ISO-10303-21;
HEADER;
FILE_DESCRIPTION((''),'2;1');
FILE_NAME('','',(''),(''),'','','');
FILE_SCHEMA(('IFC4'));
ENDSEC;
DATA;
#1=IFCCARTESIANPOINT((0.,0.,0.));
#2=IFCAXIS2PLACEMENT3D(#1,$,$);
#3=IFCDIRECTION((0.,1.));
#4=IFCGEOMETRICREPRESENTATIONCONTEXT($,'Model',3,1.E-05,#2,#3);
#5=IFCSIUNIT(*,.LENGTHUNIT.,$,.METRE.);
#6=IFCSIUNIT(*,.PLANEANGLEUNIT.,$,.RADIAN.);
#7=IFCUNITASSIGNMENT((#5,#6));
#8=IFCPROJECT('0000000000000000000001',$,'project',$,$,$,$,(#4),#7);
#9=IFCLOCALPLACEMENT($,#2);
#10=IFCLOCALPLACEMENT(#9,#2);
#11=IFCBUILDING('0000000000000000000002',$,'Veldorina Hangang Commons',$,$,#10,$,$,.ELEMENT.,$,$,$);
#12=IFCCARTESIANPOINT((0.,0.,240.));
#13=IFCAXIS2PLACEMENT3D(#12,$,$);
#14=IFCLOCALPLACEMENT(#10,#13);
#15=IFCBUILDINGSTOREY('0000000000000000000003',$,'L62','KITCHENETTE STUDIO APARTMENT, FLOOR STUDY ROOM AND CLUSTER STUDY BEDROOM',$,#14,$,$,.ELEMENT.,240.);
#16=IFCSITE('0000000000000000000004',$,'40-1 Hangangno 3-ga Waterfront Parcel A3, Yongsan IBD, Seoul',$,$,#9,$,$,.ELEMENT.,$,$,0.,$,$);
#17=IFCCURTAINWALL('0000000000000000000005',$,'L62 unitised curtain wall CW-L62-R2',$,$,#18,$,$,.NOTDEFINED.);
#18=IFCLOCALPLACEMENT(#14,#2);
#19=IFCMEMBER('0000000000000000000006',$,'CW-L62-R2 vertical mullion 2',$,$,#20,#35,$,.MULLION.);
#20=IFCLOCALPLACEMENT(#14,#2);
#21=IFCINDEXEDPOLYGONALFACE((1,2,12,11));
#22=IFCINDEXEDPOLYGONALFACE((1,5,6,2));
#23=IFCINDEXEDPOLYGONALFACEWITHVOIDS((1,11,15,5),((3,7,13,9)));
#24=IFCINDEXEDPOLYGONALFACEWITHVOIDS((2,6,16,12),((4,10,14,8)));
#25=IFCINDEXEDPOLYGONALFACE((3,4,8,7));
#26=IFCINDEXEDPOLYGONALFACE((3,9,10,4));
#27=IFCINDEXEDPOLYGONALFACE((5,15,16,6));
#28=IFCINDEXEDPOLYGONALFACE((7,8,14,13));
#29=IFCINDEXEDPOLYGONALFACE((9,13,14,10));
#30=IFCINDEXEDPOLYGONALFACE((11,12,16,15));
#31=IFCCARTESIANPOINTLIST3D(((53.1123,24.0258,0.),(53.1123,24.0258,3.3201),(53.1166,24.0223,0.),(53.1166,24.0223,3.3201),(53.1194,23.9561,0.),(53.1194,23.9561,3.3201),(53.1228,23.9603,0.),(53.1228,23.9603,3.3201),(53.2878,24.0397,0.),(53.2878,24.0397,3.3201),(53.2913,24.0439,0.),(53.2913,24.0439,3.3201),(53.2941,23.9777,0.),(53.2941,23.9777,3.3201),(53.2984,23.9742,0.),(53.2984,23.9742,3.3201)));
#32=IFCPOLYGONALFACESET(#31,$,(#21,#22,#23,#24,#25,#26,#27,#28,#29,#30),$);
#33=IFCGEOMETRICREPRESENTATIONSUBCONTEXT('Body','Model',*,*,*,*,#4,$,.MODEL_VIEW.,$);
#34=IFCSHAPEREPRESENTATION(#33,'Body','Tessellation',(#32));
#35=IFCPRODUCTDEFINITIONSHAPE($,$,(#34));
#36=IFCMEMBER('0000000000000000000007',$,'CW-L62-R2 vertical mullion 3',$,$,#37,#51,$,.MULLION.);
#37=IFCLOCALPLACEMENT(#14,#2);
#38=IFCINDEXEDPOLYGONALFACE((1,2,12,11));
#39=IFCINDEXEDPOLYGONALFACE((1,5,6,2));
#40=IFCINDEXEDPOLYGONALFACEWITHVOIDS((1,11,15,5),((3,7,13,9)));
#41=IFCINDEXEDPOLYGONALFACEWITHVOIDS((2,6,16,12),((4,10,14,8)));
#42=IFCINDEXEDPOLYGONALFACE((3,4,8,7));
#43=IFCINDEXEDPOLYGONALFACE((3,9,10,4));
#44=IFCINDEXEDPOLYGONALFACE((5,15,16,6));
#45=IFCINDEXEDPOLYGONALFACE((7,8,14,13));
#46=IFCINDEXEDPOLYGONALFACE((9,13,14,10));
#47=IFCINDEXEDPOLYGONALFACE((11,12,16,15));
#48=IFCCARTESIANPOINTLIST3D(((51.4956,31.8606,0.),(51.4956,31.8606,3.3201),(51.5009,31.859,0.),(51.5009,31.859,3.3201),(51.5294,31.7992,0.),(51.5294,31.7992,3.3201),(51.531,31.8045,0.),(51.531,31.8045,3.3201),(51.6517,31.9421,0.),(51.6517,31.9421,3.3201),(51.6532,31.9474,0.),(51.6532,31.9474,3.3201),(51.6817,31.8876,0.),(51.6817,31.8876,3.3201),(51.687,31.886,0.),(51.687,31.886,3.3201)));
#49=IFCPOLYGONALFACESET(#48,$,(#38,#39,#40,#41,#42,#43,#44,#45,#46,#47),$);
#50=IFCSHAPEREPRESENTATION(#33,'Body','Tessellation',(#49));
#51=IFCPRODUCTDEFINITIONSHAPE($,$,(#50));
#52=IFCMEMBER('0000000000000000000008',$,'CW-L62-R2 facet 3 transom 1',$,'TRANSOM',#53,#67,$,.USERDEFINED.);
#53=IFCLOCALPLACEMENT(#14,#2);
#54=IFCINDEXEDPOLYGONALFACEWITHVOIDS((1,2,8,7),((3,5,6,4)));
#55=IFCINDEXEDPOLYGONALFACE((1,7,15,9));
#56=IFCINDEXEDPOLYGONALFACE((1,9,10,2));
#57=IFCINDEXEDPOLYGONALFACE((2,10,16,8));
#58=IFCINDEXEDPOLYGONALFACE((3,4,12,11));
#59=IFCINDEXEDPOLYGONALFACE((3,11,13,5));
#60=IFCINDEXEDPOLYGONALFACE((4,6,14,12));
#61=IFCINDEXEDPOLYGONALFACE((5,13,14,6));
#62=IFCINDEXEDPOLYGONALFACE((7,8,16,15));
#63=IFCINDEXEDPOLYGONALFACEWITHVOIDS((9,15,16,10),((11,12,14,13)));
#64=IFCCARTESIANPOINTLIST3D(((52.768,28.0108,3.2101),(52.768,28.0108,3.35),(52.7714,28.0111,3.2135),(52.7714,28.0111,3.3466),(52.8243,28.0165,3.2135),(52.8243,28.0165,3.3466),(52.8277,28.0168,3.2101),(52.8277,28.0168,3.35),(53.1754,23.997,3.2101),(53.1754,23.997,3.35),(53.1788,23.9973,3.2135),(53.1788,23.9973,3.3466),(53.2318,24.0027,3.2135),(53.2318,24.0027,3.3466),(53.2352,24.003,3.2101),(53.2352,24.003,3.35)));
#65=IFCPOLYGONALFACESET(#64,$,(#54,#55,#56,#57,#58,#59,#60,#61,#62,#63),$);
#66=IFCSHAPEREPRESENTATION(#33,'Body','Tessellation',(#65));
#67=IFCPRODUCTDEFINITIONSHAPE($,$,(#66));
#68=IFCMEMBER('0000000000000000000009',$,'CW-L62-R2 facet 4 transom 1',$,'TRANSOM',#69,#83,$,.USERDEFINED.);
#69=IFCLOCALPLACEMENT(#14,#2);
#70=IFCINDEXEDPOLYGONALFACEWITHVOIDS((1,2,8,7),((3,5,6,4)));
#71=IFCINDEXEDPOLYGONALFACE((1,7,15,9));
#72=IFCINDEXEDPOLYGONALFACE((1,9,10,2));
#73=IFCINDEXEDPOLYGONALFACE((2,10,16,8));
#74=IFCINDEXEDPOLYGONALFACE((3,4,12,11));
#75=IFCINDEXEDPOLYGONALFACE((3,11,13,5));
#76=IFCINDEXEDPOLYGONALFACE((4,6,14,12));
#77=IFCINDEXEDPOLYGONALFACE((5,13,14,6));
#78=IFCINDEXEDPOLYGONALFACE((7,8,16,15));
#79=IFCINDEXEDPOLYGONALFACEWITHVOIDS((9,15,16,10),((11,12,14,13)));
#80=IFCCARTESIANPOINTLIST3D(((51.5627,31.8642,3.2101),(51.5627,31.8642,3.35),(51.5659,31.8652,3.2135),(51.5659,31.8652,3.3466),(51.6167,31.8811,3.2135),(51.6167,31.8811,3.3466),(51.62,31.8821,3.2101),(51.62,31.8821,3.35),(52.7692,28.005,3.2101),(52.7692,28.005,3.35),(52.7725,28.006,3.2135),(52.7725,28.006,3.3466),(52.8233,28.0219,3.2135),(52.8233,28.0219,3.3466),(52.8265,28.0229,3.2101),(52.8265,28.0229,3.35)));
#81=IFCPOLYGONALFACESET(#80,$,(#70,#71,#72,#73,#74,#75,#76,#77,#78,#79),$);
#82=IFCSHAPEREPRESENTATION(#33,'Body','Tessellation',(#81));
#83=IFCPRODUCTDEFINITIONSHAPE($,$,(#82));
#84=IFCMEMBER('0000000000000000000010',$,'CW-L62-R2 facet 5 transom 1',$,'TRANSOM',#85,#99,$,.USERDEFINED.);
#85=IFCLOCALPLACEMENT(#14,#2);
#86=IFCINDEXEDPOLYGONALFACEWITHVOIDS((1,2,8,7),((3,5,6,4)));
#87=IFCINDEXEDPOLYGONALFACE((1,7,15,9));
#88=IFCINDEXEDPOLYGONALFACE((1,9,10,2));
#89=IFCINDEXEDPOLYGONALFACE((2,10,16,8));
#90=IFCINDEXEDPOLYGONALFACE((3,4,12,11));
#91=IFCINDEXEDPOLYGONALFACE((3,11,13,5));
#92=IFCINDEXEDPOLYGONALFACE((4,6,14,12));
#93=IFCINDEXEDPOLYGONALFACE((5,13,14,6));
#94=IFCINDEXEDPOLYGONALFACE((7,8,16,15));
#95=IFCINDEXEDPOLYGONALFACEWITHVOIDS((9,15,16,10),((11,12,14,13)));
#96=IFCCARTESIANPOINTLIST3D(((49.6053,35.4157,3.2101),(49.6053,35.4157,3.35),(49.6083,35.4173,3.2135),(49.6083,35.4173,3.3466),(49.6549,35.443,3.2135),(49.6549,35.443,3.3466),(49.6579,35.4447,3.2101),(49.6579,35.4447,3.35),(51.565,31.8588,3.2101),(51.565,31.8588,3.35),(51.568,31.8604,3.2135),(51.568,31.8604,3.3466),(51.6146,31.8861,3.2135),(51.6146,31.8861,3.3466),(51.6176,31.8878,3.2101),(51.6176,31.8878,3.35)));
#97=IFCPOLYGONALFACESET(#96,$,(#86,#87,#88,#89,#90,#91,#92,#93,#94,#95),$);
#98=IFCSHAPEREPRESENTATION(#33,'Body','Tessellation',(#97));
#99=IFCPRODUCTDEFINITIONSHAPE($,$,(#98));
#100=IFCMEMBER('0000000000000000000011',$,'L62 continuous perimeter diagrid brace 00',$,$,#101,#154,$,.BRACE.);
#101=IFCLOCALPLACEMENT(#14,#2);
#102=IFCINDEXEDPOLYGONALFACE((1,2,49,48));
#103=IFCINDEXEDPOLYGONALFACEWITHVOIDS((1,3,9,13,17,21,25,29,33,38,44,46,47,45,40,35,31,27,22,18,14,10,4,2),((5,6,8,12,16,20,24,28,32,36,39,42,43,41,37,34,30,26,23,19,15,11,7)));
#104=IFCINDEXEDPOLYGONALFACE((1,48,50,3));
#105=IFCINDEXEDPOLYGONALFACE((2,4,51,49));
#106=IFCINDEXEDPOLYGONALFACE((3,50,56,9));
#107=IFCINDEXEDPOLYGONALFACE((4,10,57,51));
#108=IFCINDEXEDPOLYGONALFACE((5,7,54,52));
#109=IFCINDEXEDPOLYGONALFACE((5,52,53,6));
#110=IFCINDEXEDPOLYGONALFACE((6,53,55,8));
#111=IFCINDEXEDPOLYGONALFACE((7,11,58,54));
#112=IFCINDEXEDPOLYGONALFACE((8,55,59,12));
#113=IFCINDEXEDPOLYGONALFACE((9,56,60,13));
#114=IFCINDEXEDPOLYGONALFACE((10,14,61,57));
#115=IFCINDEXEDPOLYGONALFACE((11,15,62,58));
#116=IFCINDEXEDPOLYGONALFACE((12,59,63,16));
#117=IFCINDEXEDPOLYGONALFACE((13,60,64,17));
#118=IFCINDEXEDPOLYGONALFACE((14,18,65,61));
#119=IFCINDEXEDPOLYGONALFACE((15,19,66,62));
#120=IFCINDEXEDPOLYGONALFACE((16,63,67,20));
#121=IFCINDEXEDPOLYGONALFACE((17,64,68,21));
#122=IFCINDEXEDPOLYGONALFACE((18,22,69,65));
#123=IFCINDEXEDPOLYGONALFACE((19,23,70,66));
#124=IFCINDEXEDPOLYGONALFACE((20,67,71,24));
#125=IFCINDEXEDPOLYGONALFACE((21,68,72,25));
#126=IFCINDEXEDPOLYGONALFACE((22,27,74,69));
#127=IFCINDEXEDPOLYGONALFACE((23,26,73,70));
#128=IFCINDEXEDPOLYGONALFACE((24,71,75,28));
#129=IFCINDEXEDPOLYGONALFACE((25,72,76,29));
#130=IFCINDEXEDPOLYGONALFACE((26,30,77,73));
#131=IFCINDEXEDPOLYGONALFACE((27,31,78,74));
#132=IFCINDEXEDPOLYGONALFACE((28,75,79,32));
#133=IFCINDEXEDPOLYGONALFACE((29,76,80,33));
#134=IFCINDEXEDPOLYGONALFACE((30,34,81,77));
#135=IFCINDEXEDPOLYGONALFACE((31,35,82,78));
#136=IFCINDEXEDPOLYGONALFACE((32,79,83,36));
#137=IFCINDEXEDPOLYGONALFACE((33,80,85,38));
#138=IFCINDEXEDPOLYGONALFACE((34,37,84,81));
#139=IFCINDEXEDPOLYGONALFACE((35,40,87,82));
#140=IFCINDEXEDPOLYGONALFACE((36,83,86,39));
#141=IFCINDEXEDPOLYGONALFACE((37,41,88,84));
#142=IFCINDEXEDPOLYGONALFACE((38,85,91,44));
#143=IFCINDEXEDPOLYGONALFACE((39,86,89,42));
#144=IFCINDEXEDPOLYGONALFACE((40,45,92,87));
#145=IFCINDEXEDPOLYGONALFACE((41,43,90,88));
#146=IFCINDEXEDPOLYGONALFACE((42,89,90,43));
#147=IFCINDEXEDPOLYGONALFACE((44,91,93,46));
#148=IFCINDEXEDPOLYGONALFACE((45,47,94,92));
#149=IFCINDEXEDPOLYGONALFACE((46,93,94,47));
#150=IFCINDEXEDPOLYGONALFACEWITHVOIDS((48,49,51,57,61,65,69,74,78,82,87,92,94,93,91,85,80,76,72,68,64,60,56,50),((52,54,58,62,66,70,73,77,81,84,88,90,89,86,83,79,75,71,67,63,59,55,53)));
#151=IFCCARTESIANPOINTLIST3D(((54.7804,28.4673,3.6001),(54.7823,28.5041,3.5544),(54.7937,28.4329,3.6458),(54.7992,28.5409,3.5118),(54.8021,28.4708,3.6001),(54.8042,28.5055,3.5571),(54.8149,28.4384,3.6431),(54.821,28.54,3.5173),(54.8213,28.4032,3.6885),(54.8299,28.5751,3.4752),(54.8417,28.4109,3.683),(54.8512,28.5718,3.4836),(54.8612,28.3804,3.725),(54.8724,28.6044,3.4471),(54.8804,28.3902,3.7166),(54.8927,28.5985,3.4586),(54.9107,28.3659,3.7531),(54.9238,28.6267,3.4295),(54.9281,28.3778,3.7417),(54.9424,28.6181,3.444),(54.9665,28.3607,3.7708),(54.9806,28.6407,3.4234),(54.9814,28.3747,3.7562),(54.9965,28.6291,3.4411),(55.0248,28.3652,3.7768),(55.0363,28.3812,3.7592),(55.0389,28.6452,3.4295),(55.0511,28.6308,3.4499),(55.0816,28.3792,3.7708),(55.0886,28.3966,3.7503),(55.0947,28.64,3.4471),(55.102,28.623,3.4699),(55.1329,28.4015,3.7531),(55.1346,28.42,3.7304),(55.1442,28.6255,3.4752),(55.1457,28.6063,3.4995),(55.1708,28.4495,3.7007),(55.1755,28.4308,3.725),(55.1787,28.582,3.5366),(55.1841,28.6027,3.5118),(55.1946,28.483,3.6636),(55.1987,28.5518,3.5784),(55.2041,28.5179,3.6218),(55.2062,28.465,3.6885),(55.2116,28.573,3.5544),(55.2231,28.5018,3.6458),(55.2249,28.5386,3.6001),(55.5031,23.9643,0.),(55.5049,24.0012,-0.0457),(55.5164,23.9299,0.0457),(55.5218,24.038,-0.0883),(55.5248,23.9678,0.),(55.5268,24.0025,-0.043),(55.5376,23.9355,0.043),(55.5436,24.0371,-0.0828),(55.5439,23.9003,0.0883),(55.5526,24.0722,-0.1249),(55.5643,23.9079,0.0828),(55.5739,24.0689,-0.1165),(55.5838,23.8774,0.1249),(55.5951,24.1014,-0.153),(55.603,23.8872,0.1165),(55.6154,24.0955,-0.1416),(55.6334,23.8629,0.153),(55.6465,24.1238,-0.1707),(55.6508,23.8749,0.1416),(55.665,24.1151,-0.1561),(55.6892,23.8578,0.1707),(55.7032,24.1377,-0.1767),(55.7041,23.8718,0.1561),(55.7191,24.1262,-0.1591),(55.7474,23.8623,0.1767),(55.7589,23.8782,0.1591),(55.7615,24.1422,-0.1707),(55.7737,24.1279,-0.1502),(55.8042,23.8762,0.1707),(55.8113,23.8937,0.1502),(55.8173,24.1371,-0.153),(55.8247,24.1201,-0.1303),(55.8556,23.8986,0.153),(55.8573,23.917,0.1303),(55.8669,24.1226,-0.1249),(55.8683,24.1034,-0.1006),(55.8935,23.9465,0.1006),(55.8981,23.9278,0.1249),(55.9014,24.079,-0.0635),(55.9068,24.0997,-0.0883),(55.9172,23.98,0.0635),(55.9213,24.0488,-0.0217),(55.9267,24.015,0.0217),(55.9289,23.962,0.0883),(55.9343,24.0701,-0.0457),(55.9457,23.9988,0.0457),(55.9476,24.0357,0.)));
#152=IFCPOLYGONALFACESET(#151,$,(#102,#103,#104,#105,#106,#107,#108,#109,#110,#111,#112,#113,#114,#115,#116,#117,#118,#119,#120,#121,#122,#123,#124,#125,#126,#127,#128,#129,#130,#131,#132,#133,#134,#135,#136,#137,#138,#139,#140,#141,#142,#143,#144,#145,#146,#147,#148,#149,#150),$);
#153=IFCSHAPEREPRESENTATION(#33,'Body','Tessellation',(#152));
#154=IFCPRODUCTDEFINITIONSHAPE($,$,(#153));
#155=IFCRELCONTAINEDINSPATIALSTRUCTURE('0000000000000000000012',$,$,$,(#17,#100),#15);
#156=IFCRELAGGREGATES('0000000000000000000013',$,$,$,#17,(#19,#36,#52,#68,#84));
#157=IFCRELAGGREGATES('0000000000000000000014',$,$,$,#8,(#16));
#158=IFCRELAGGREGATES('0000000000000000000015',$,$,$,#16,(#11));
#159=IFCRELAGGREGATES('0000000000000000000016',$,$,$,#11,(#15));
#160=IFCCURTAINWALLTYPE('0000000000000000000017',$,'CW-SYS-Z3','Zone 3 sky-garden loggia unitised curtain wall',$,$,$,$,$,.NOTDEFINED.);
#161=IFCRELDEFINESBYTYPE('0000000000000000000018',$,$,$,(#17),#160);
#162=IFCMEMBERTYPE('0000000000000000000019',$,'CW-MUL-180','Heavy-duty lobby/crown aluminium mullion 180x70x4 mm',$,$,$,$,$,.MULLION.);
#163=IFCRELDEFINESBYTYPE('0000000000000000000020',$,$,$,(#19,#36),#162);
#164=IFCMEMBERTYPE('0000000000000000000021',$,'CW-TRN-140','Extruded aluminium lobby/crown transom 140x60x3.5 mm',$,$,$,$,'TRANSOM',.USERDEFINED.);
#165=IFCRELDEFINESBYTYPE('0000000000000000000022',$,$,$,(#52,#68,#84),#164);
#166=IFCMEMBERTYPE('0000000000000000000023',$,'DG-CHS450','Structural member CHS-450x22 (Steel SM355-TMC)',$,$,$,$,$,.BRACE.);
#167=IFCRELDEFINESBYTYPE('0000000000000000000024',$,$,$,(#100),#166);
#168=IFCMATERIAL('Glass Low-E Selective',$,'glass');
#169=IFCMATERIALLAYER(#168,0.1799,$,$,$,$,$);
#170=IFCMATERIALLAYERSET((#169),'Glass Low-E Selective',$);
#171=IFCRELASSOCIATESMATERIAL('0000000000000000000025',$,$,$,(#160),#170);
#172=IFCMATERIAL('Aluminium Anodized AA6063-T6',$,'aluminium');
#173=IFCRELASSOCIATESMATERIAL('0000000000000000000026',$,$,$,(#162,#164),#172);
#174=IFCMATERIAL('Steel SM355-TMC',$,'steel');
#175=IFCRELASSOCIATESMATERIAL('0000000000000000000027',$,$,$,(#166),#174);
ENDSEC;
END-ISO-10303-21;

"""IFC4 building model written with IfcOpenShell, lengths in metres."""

from ifc_helpers import new_model, si_unit, direction, frame, origin, origin_2d, place, context, subcontext, project, spatial, hollow_rectangle, hollow_circle, extrude, material, layer, layer_set, material_profile, profile_set, type_object, element, aggregate, save


model = new_model("IFC4")

# Units and contexts
model_context = context("Model", 3, precision=1e-05, world=origin(), true_north=direction((0.0, 1.0)))
body_context = subcontext(model_context, "Body", "Model", "MODEL_VIEW")
ifc_project = project(units=[si_unit("LENGTHUNIT", "METRE"), si_unit("PLANEANGLEUNIT", "RADIAN")], contexts=[model_context])

# Site, building, storey
site_placement = place(None, origin())
site = spatial("IfcSite", under=ifc_project, at=site_placement, Name="40-1 Hangangno 3-ga Waterfront Parcel A3, Yongsan IBD, Seoul", CompositionType="ELEMENT", RefElevation=0.0)
building_placement = place(site_placement, origin())
building = spatial("IfcBuilding", under=site, at=building_placement, Name="Veldorina Hangang Commons", CompositionType="ELEMENT")
storey_placement = place(building_placement, frame((0.0, 0.0, 240.0)))
storey = spatial("IfcBuildingStorey", under=building, at=storey_placement, Name="L62", Description="KITCHENETTE STUDIO APARTMENT, FLOOR STUDY ROOM AND CLUSTER STUDY BEDROOM", CompositionType="ELEMENT", Elevation=240.0)

# Shared definitions
ifc_material_1 = material(Name="Steel SM355-TMC", Category="steel")

# Curtain wall, members
ifc_material_2 = material(Name="Glass Low-E Selective", Category="glass")
ifc_layer_1 = layer(ifc_material_2, 0.1799)
ifc_layer_set_1 = layer_set([ifc_layer_1], Name="Glass Low-E Selective")
curtain_wall_type = type_object("IfcCurtainWallType", Name="CW-SYS-Z3", Description="Zone 3 sky-garden loggia unitised curtain wall", PredefinedType="NOTDEFINED", material=ifc_layer_set_1)
curtain_wall_placement = place(storey_placement, origin())
curtain_wall = element("IfcCurtainWall", 1, at=curtain_wall_placement, inside=storey, type_object=curtain_wall_type, Name="L62 unitised curtain wall CW-L62-R2", PredefinedType="NOTDEFINED")
ifc_material_3 = material(Name="Aluminium Anodized AA6063-T6", Category="aluminium")
ifc_material_profile_1 = material_profile(ifc_material_3, hollow_rectangle(XDim=0.0701, YDim=0.1799, WallThickness=0.0039, at=origin_2d()), Name="ALU-RHS-180x70x4")
ifc_profile_set_1 = profile_set([ifc_material_profile_1], Name="Aluminium Anodized AA6063-T6")
member_type_1 = type_object("IfcMemberType", Name="CW-MUL-180", Description="Heavy-duty lobby/crown aluminium mullion 180x70x4 mm", PredefinedType="MULLION", material=ifc_profile_set_1)
member_1_placement = place(storey_placement, frame((53.2053, 24.0, 0.0), z_axis=(0.0, 0.0, 1.0), x_axis=(-0.101004, 0.994886, 0.0)))
member_1 = element("IfcMember", 2, at=member_1_placement, type_object=member_type_1, Name="CW-L62-R2 vertical mullion 2", PredefinedType="MULLION", context=body_context, shape_type="SweptSolid", body=[
    extrude(hollow_rectangle(XDim=0.0701, YDim=0.1799, WallThickness=0.0039, at=origin_2d()), origin(), (0.0, 0.0, 1.0), 3.3201),
])
member_2_placement = place(storey_placement, frame((51.5913, 31.8733, 0.0), z_axis=(0.0, 0.0, 1.0), x_axis=(-0.482549, 0.875869, 0.0)))
member_2 = element("IfcMember", 3, at=member_2_placement, type_object=member_type_1, Name="CW-L62-R2 vertical mullion 3", PredefinedType="MULLION", context=body_context, shape_type="SweptSolid", body=[
    extrude(hollow_rectangle(XDim=0.0701, YDim=0.1799, WallThickness=0.0039, at=origin_2d()), origin(), (0.0, 0.0, 1.0), 3.3201),
])
ifc_material_profile_2 = material_profile(ifc_material_3, hollow_rectangle(XDim=0.0601, YDim=0.1399, WallThickness=0.0034, at=origin_2d()), Name="ALU-RHS-140x60x3.5")
ifc_profile_set_2 = profile_set([ifc_material_profile_2], Name="Aluminium Anodized AA6063-T6")
member_type_2 = type_object("IfcMemberType", Name="CW-TRN-140", Description="Extruded aluminium lobby/crown transom 140x60x3.5 mm", ElementType="TRANSOM", PredefinedType="USERDEFINED", material=ifc_profile_set_2)
member_3_placement = place(storey_placement, frame((53.2053, 24.0, 3.28), z_axis=(-0.100995, 0.994887, 0.0), x_axis=(-0.994887, -0.100995, 0.0)))
member_3 = element("IfcMember", 4, at=member_3_placement, type_object=member_type_2, Name="CW-L62-R2 facet 3 transom 1", ObjectType="TRANSOM", PredefinedType="USERDEFINED", context=body_context, shape_type="SweptSolid", body=[
    extrude(hollow_rectangle(XDim=0.0601, YDim=0.1399, WallThickness=0.0034, at=origin_2d()), origin(), (0.0, 0.0, 1.0), 4.0344),
])
member_4_placement = place(storey_placement, frame((52.7979, 28.0139, 3.28), z_axis=(-0.298385, 0.954446, 0.0), x_axis=(-0.954446, -0.298385, 0.0)))
member_4 = element("IfcMember", 5, at=member_4_placement, type_object=member_type_2, Name="CW-L62-R2 facet 4 transom 1", ObjectType="TRANSOM", PredefinedType="USERDEFINED", context=body_context, shape_type="SweptSolid", body=[
    extrude(hollow_rectangle(XDim=0.0601, YDim=0.1399, WallThickness=0.0034, at=origin_2d()), origin(), (0.0, 0.0, 1.0), 4.0435),
])
member_5_placement = place(storey_placement, frame((51.5913, 31.8733, 3.28), z_axis=(-0.482567, 0.875859, 0.0), x_axis=(-0.875859, -0.482567, 0.0)))
member_5 = element("IfcMember", 6, at=member_5_placement, type_object=member_type_2, Name="CW-L62-R2 facet 5 transom 1", ObjectType="TRANSOM", PredefinedType="USERDEFINED", context=body_context, shape_type="SweptSolid", body=[
    extrude(hollow_rectangle(XDim=0.0601, YDim=0.1399, WallThickness=0.0034, at=origin_2d()), origin(), (0.0, 0.0, 1.0), 4.061),
])

# Member
ifc_material_profile_3 = material_profile(ifc_material_1, hollow_circle(Radius=0.2251, WallThickness=0.022, at=origin_2d()), Name="CHS-450x22")
ifc_profile_set_3 = profile_set([ifc_material_profile_3], Name="Steel SM355-TMC")
member_type_3 = type_object("IfcMemberType", Name="DG-CHS450", Description="Structural member CHS-450x22 (Steel SM355-TMC)", PredefinedType="BRACE", material=ifc_profile_set_3)
member_6_placement = place(storey_placement, frame((55.7253, 24.0, 0.0), z_axis=(-0.124376, 0.774994, 0.619609), x_axis=(-0.987366, -0.158458, 0.0)))
element("IfcMember", 7, at=member_6_placement, inside=storey, type_object=member_type_3, Name="L62 continuous perimeter diagrid brace 00", PredefinedType="BRACE", context=body_context, shape_type="SweptSolid", body=[
    extrude(hollow_circle(Radius=0.2251, WallThickness=0.022, at=origin_2d()), origin(), (0.0, 0.0, 1.0), 5.8103),
])

aggregate(curtain_wall, [member_1, member_2, member_3, member_4, member_5])

save(model, "model.ifc")
